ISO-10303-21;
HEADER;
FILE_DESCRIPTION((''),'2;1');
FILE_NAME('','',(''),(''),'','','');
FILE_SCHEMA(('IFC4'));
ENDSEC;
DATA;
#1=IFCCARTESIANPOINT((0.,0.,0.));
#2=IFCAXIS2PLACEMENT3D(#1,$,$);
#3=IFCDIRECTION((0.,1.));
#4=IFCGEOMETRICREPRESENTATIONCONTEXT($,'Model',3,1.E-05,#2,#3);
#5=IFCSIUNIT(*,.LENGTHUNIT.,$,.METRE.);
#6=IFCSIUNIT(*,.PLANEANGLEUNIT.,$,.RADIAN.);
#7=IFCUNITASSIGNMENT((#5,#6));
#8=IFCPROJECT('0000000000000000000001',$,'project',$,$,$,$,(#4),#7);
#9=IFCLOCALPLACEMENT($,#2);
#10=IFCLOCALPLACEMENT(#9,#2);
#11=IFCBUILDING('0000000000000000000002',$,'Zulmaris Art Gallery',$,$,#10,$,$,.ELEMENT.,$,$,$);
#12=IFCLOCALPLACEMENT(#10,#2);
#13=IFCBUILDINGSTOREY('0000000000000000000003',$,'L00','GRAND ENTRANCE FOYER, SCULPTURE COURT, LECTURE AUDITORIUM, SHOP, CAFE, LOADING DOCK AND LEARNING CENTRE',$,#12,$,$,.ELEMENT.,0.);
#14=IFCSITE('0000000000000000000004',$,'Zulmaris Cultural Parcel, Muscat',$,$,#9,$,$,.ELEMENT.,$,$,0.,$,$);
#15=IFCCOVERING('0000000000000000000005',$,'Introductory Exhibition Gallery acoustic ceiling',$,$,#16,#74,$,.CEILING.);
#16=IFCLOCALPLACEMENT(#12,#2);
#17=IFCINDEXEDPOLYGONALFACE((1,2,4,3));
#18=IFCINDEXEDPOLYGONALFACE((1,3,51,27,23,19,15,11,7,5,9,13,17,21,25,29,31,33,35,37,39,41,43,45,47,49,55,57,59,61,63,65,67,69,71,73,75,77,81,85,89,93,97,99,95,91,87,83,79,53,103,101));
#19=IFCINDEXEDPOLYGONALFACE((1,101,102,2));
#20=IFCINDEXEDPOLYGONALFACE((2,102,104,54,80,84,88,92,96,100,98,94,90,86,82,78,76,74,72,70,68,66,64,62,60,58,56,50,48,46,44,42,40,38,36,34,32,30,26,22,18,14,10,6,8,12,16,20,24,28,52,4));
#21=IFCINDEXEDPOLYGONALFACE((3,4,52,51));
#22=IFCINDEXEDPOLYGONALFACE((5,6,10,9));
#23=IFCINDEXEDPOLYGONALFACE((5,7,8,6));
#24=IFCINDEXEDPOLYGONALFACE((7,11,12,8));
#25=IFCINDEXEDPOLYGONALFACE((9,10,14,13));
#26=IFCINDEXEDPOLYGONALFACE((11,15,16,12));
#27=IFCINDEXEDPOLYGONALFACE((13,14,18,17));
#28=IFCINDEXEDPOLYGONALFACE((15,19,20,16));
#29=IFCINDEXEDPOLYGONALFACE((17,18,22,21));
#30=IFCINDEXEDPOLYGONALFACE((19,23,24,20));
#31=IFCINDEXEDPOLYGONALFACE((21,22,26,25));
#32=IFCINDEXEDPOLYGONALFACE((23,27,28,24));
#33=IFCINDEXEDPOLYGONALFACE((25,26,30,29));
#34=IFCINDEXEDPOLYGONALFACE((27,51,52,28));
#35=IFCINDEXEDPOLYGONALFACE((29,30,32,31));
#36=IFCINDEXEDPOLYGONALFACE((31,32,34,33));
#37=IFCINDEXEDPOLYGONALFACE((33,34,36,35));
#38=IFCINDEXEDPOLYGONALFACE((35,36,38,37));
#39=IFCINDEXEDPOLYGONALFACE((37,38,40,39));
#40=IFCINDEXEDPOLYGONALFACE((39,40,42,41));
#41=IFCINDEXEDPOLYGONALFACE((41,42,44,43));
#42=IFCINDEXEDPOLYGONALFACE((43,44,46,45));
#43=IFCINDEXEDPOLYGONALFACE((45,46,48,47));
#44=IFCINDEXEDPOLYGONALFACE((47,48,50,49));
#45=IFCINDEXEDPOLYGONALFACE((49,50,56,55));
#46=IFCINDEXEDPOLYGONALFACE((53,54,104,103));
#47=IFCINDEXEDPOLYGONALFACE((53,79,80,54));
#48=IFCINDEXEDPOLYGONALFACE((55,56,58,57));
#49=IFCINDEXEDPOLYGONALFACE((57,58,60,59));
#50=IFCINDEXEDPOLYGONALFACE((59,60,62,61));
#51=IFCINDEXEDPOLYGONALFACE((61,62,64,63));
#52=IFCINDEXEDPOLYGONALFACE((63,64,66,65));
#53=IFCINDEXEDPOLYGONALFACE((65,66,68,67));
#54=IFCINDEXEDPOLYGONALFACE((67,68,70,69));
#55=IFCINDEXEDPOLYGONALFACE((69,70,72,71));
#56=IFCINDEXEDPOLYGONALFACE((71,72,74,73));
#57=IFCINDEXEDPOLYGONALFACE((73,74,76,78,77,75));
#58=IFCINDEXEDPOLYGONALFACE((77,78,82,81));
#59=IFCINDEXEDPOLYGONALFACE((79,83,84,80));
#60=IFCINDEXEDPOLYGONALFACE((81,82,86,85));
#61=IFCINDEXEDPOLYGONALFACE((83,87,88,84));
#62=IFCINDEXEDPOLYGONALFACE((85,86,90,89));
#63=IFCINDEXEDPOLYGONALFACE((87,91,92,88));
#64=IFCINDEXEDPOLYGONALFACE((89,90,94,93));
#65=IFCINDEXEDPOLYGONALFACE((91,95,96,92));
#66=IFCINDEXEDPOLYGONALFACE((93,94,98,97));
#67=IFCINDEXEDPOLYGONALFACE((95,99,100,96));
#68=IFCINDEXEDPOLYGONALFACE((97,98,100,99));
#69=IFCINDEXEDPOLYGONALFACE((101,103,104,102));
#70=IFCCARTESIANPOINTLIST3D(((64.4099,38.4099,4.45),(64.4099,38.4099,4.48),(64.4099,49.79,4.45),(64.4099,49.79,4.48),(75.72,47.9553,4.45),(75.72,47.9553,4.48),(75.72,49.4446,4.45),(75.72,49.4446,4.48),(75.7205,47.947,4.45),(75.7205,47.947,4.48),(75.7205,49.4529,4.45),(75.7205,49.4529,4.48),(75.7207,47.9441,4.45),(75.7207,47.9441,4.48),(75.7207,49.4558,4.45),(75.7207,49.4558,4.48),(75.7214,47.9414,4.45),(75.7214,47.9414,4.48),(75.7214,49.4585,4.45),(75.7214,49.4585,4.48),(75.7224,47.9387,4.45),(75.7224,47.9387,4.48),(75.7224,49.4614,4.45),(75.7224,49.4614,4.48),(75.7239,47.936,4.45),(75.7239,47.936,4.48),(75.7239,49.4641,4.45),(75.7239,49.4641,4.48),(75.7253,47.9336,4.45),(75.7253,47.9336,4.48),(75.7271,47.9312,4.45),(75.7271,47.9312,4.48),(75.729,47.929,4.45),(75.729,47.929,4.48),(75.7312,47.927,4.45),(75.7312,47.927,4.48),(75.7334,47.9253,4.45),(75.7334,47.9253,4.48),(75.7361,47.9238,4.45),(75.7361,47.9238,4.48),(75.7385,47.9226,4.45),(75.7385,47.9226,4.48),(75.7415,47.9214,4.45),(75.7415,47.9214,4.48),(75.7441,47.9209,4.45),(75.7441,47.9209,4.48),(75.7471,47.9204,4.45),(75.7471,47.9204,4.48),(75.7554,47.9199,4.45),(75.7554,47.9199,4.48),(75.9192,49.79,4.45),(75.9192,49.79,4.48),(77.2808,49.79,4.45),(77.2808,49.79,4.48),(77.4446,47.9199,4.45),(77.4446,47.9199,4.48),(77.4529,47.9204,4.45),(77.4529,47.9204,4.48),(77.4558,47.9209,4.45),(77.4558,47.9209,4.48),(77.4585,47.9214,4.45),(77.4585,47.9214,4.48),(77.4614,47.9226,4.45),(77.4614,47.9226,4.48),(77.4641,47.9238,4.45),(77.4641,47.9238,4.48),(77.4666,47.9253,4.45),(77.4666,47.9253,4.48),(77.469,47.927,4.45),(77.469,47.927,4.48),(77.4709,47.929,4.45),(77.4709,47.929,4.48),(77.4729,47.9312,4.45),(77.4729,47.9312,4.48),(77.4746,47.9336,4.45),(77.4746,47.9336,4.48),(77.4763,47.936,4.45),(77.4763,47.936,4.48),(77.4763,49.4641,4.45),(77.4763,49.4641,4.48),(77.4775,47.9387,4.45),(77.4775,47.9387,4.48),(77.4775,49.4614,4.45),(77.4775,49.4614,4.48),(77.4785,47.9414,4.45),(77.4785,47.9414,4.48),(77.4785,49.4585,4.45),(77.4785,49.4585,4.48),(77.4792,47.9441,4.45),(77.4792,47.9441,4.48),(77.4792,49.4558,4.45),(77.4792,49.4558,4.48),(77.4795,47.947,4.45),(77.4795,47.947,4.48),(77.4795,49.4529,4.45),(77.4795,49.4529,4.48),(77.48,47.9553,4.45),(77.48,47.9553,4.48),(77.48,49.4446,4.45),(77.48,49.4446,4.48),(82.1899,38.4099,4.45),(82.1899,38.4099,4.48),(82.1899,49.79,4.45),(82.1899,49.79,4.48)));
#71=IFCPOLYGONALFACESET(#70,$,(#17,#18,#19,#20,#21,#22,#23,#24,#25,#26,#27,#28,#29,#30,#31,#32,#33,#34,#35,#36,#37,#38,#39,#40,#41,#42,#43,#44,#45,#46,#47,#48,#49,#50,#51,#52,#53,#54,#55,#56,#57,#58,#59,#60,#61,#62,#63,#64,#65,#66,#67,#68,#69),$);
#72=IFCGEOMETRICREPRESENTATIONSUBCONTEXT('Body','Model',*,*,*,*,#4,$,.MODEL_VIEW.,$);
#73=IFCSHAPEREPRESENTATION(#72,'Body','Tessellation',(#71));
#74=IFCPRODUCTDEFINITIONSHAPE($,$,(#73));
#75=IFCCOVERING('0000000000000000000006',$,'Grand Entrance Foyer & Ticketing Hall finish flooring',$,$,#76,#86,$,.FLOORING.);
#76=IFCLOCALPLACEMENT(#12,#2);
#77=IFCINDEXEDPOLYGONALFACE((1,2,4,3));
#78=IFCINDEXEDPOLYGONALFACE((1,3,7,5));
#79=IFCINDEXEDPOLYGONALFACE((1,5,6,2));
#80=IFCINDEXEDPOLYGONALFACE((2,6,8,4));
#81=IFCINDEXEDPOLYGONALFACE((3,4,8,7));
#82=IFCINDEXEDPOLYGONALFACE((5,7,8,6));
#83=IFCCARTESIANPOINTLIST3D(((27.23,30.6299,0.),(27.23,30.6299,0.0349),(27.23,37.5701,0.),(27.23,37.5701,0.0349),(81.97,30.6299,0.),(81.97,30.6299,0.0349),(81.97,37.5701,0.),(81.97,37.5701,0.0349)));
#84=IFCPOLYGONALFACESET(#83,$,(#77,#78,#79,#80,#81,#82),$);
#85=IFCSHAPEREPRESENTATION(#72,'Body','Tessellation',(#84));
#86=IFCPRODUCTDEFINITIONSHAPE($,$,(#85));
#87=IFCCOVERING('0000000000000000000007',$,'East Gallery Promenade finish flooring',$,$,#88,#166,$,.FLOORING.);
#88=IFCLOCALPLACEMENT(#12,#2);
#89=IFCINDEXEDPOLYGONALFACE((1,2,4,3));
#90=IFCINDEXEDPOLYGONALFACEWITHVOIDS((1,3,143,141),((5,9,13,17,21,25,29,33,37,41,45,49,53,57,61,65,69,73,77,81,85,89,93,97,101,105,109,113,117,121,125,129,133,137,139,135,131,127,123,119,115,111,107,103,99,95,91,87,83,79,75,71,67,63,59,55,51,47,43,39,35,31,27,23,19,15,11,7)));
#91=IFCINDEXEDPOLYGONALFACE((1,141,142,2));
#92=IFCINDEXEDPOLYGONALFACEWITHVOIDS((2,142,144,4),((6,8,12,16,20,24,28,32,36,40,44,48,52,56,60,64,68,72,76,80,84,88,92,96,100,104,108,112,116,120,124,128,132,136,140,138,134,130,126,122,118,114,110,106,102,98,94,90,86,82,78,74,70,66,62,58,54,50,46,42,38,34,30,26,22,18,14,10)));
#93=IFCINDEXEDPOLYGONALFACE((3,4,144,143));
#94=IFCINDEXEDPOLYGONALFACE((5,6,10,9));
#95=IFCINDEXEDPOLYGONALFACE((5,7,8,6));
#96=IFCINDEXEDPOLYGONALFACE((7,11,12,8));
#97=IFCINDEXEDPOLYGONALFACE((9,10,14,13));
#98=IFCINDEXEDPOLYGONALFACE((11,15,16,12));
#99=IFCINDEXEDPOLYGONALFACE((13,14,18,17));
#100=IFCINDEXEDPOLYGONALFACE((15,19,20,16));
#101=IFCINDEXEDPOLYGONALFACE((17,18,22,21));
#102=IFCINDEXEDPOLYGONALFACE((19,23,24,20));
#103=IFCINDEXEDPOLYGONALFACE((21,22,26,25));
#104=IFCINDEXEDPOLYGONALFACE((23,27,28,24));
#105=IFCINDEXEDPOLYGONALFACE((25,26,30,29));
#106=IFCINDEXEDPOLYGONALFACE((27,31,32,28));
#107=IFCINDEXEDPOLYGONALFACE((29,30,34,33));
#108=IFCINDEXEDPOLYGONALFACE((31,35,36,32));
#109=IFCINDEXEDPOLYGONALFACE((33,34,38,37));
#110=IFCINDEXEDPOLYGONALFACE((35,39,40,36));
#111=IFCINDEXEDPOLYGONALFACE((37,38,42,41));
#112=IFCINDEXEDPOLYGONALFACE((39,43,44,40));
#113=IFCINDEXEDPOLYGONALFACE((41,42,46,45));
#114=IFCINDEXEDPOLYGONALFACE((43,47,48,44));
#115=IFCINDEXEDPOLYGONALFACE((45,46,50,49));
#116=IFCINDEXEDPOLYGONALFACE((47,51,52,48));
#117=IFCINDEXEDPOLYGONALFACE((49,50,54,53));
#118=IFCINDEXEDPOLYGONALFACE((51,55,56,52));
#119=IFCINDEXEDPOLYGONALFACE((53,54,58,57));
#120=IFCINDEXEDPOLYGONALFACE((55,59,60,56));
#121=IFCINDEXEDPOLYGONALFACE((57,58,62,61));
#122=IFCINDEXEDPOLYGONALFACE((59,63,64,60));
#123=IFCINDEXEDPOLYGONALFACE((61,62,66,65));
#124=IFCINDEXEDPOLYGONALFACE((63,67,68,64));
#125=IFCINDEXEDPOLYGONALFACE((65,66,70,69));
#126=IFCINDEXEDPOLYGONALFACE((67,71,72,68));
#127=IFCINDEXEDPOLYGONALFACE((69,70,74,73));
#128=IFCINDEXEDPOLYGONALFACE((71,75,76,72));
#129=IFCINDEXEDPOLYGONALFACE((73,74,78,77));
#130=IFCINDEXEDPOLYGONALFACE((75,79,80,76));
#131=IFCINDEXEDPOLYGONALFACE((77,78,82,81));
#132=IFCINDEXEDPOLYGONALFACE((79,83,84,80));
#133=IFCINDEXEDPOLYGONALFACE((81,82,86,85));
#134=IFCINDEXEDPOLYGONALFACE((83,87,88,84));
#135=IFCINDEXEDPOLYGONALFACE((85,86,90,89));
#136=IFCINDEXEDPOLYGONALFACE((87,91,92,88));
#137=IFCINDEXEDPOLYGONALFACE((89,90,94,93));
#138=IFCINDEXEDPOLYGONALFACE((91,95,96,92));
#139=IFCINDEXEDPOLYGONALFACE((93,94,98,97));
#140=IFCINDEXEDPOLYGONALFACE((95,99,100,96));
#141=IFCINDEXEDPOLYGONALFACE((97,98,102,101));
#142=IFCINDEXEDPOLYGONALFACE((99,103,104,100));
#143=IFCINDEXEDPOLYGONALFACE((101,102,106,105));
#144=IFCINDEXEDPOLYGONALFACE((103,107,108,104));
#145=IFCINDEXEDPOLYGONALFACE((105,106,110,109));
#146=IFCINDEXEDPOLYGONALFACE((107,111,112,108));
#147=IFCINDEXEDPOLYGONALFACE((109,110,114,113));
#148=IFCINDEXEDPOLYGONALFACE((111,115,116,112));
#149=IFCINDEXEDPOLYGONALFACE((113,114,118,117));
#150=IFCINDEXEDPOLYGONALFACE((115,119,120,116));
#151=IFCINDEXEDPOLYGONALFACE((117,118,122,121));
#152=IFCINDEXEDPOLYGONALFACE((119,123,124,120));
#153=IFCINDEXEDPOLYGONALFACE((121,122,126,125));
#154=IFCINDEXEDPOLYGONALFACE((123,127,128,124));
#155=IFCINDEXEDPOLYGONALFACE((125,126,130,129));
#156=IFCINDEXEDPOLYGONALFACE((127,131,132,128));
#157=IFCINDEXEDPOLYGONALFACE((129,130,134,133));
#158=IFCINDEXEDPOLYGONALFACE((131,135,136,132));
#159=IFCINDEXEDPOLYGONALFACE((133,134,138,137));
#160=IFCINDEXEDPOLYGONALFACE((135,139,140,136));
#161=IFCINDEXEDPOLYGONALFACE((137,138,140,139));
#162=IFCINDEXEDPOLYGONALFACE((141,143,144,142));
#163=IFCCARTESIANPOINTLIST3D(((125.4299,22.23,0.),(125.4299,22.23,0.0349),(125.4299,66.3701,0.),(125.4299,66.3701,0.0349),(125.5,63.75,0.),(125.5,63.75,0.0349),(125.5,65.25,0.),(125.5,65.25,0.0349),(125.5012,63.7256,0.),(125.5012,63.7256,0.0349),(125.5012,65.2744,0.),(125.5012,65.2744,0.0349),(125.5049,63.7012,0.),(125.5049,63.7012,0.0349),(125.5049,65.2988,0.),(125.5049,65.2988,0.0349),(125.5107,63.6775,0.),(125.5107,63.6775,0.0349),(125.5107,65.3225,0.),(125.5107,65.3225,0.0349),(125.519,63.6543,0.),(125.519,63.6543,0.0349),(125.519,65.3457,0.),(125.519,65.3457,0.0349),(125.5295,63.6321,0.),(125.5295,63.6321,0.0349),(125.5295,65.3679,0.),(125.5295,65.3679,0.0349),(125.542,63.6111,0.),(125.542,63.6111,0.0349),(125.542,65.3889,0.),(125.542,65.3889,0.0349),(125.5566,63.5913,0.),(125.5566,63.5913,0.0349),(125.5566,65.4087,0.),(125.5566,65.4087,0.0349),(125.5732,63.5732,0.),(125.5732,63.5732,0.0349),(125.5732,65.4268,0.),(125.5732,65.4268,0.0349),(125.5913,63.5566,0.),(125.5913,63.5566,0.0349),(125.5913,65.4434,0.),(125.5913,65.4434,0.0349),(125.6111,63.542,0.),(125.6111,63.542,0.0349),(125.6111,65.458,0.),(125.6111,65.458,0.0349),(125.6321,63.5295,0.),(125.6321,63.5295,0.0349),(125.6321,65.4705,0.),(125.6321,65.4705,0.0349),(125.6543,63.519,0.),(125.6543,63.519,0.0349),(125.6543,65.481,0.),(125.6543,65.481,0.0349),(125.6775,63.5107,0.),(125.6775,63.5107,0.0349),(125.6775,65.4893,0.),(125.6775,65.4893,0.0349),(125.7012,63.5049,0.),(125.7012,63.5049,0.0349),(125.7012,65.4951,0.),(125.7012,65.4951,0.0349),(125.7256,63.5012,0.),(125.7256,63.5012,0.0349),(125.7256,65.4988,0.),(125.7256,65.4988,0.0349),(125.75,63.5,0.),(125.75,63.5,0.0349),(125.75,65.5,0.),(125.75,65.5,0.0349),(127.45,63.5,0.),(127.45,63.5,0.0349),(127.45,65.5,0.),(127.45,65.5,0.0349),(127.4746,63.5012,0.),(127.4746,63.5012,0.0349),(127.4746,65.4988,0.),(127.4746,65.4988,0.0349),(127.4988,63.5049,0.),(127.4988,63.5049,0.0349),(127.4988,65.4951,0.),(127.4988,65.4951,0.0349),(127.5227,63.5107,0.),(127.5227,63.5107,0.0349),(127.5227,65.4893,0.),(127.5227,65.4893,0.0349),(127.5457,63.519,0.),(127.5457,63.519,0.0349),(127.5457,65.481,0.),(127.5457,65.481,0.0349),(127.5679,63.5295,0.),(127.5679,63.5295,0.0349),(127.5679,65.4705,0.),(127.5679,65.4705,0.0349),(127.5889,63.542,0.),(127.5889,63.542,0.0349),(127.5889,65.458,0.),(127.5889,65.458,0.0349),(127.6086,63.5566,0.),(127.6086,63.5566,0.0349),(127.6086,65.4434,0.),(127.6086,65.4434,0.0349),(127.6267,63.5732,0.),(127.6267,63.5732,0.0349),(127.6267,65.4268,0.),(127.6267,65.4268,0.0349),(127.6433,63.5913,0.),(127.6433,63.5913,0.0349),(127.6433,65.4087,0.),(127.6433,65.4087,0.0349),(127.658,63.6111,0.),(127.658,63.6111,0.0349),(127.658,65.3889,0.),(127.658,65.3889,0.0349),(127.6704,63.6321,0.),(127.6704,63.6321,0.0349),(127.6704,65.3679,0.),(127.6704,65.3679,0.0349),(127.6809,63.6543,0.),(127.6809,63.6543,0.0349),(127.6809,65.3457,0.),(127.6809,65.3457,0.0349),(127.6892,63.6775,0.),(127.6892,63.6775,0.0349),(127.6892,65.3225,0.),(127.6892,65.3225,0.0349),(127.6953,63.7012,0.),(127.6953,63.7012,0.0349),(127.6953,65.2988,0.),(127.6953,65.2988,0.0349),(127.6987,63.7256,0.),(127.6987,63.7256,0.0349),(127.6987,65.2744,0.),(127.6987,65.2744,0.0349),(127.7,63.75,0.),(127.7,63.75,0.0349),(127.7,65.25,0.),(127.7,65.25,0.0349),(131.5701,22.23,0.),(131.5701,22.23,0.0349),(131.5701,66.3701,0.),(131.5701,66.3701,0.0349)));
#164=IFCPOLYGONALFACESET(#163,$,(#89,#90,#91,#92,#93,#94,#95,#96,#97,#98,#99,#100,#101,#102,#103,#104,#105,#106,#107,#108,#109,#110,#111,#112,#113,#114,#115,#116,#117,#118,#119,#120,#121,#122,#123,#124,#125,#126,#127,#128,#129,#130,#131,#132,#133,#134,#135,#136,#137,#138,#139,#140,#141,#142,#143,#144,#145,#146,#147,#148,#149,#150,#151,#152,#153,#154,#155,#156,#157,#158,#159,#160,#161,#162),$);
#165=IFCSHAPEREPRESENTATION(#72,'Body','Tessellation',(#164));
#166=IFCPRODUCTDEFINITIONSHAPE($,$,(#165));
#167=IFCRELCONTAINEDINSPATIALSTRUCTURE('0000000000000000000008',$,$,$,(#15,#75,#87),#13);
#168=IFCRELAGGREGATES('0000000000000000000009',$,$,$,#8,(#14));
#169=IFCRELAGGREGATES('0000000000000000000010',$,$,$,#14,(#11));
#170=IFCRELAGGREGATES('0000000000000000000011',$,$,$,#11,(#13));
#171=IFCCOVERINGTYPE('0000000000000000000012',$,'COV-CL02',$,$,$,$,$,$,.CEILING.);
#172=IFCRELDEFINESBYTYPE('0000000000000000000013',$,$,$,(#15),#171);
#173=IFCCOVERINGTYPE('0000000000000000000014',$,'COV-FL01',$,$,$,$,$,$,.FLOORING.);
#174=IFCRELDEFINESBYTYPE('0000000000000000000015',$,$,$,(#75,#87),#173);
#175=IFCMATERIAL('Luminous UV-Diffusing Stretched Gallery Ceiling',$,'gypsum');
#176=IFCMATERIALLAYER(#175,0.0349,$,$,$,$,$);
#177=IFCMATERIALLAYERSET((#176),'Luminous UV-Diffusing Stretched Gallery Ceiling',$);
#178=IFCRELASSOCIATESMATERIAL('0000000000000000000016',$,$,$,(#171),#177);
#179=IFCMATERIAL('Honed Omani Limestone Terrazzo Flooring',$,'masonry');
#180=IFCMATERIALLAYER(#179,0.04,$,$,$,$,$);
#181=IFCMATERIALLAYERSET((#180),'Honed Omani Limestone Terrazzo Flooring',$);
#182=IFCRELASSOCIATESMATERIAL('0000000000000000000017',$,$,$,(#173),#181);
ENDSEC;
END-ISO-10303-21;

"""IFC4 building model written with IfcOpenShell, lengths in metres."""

from ifc_helpers import new_model, si_unit, direction, frame, origin, place, context, subcontext, project, spatial, polyline, outline, extrude, material, layer, layer_set, type_object, element, save


model = new_model("IFC4")

# Units and contexts
model_context = context("Model", 3, precision=1e-05, world=origin(), true_north=direction((0.0, 1.0)))
body_context = subcontext(model_context, "Body", "Model", "MODEL_VIEW")
ifc_project = project(units=[si_unit("LENGTHUNIT", "METRE"), si_unit("PLANEANGLEUNIT", "RADIAN")], contexts=[model_context])

# Site, building, storey
site_placement = place(None, origin())
site = spatial("IfcSite", under=ifc_project, at=site_placement, Name="Zulmaris Cultural Parcel, Muscat", CompositionType="ELEMENT", RefElevation=0.0)
building_placement = place(site_placement, origin())
building = spatial("IfcBuilding", under=site, at=building_placement, Name="Zulmaris Art Gallery", CompositionType="ELEMENT")
storey_placement = place(building_placement, origin())
storey = spatial("IfcBuildingStorey", under=building, at=storey_placement, Name="L00", Description="GRAND ENTRANCE FOYER, SCULPTURE COURT, LECTURE AUDITORIUM, SHOP, CAFE, LOADING DOCK AND LEARNING CENTRE", CompositionType="ELEMENT", Elevation=0.0)

# Coverings
ifc_material_1 = material(Name="Luminous UV-Diffusing Stretched Gallery Ceiling", Category="gypsum")
ifc_layer_1 = layer(ifc_material_1, 0.0349)
ifc_layer_set_1 = layer_set([ifc_layer_1], Name="Luminous UV-Diffusing Stretched Gallery Ceiling")
covering_type_1 = type_object("IfcCoveringType", Name="COV-CL02", PredefinedType="CEILING", material=ifc_layer_set_1)
covering_1_placement = place(storey_placement, frame((0.0, 0.0, 4.45)))
element("IfcCovering", 1, at=covering_1_placement, inside=storey, type_object=covering_type_1, Name="Introductory Exhibition Gallery acoustic ceiling", PredefinedType="CEILING", context=body_context, shape_type="SweptSolid", body=[
    extrude(outline(polyline([(75.7214, 49.4585), (75.7207, 49.4558), (75.7205, 49.4529), (75.72, 49.4446), (75.72, 47.9553), (75.7205, 47.947), (75.7207, 47.9441), (75.7214, 47.9414), (75.7224, 47.9387), (75.7239, 47.936), (75.7253, 47.9336), (75.7271, 47.9312), (75.729, 47.929), (75.7312, 47.927), (75.7334, 47.9253), (75.7361, 47.9238), (75.7385, 47.9226), (75.7415, 47.9214), (75.7441, 47.9209), (75.7471, 47.9204), (75.7554, 47.9199), (77.4446, 47.9199), (77.4529, 47.9204), (77.4558, 47.9209), (77.4585, 47.9214), (77.4614, 47.9226), (77.4641, 47.9238), (77.4666, 47.9253), (77.469, 47.927), (77.4709, 47.929), (77.4729, 47.9312), (77.4746, 47.9336), (77.4763, 47.936), (77.4775, 47.9387), (77.4785, 47.9414), (77.4792, 47.9441), (77.4795, 47.947), (77.48, 47.9553), (77.48, 49.4446), (77.4795, 49.4529), (77.4792, 49.4558), (77.4785, 49.4585), (77.4775, 49.4614), (77.4763, 49.4641), (77.2808, 49.79), (82.1899, 49.79), (82.1899, 38.4099), (64.4099, 38.4099), (64.4099, 49.79), (75.9192, 49.79), (75.7239, 49.4641), (75.7224, 49.4614), (75.7214, 49.4585)])), origin(), (0.0, 0.0, 1.0), 0.03),
])
ifc_material_2 = material(Name="Honed Omani Limestone Terrazzo Flooring", Category="masonry")
ifc_layer_2 = layer(ifc_material_2, 0.04)
ifc_layer_set_2 = layer_set([ifc_layer_2], Name="Honed Omani Limestone Terrazzo Flooring")
covering_type_2 = type_object("IfcCoveringType", Name="COV-FL01", PredefinedType="FLOORING", material=ifc_layer_set_2)
covering_2_placement = place(storey_placement, origin())
element("IfcCovering", 2, at=covering_2_placement, inside=storey, type_object=covering_type_2, Name="Grand Entrance Foyer & Ticketing Hall finish flooring", PredefinedType="FLOORING", context=body_context, shape_type="SweptSolid", body=[
    extrude(outline(polyline([(81.97, 30.6299), (27.23, 30.6299), (27.23, 37.5701), (81.97, 37.5701), (81.97, 30.6299)])), origin(), (0.0, 0.0, 1.0), 0.0349),
])
covering_3_placement = place(storey_placement, origin())
element("IfcCovering", 3, at=covering_3_placement, inside=storey, type_object=covering_type_2, Name="East Gallery Promenade finish flooring", PredefinedType="FLOORING", context=body_context, shape_type="SweptSolid", body=[
    extrude(outline(polyline([(131.5701, 22.23), (125.4299, 22.23), (125.4299, 66.3701), (131.5701, 66.3701), (131.5701, 22.23)]), holes=[polyline([(125.7256, 65.4988), (125.7012, 65.4951), (125.6775, 65.4893), (125.6543, 65.481), (125.6321, 65.4705), (125.6111, 65.458), (125.5913, 65.4434), (125.5732, 65.4268), (125.5566, 65.4087), (125.542, 65.3889), (125.5295, 65.3679), (125.519, 65.3457), (125.5107, 65.3225), (125.5049, 65.2988), (125.5012, 65.2744), (125.5, 65.25), (125.5, 63.75), (125.5012, 63.7256), (125.5049, 63.7012), (125.5107, 63.6775), (125.519, 63.6543), (125.5295, 63.6321), (125.542, 63.6111), (125.5566, 63.5913), (125.5732, 63.5732), (125.5913, 63.5566), (125.6111, 63.542), (125.6321, 63.5295), (125.6543, 63.519), (125.6775, 63.5107), (125.7012, 63.5049), (125.7256, 63.5012), (125.75, 63.5), (127.45, 63.5), (127.4746, 63.5012), (127.4988, 63.5049), (127.5227, 63.5107), (127.5457, 63.519), (127.5679, 63.5295), (127.5889, 63.542), (127.6086, 63.5566), (127.6267, 63.5732), (127.6433, 63.5913), (127.658, 63.6111), (127.6704, 63.6321), (127.6809, 63.6543), (127.6892, 63.6775), (127.6953, 63.7012), (127.6987, 63.7256), (127.7, 63.75), (127.7, 65.25), (127.6987, 65.2744), (127.6953, 65.2988), (127.6892, 65.3225), (127.6809, 65.3457), (127.6704, 65.3679), (127.658, 65.3889), (127.6433, 65.4087), (127.6267, 65.4268), (127.6086, 65.4434), (127.5889, 65.458), (127.5679, 65.4705), (127.5457, 65.481), (127.5227, 65.4893), (127.4988, 65.4951), (127.4746, 65.4988), (127.45, 65.5), (125.75, 65.5), (125.7256, 65.4988)])]), origin(), (0.0, 0.0, 1.0), 0.0349),
])

save(model, "model.ifc")
